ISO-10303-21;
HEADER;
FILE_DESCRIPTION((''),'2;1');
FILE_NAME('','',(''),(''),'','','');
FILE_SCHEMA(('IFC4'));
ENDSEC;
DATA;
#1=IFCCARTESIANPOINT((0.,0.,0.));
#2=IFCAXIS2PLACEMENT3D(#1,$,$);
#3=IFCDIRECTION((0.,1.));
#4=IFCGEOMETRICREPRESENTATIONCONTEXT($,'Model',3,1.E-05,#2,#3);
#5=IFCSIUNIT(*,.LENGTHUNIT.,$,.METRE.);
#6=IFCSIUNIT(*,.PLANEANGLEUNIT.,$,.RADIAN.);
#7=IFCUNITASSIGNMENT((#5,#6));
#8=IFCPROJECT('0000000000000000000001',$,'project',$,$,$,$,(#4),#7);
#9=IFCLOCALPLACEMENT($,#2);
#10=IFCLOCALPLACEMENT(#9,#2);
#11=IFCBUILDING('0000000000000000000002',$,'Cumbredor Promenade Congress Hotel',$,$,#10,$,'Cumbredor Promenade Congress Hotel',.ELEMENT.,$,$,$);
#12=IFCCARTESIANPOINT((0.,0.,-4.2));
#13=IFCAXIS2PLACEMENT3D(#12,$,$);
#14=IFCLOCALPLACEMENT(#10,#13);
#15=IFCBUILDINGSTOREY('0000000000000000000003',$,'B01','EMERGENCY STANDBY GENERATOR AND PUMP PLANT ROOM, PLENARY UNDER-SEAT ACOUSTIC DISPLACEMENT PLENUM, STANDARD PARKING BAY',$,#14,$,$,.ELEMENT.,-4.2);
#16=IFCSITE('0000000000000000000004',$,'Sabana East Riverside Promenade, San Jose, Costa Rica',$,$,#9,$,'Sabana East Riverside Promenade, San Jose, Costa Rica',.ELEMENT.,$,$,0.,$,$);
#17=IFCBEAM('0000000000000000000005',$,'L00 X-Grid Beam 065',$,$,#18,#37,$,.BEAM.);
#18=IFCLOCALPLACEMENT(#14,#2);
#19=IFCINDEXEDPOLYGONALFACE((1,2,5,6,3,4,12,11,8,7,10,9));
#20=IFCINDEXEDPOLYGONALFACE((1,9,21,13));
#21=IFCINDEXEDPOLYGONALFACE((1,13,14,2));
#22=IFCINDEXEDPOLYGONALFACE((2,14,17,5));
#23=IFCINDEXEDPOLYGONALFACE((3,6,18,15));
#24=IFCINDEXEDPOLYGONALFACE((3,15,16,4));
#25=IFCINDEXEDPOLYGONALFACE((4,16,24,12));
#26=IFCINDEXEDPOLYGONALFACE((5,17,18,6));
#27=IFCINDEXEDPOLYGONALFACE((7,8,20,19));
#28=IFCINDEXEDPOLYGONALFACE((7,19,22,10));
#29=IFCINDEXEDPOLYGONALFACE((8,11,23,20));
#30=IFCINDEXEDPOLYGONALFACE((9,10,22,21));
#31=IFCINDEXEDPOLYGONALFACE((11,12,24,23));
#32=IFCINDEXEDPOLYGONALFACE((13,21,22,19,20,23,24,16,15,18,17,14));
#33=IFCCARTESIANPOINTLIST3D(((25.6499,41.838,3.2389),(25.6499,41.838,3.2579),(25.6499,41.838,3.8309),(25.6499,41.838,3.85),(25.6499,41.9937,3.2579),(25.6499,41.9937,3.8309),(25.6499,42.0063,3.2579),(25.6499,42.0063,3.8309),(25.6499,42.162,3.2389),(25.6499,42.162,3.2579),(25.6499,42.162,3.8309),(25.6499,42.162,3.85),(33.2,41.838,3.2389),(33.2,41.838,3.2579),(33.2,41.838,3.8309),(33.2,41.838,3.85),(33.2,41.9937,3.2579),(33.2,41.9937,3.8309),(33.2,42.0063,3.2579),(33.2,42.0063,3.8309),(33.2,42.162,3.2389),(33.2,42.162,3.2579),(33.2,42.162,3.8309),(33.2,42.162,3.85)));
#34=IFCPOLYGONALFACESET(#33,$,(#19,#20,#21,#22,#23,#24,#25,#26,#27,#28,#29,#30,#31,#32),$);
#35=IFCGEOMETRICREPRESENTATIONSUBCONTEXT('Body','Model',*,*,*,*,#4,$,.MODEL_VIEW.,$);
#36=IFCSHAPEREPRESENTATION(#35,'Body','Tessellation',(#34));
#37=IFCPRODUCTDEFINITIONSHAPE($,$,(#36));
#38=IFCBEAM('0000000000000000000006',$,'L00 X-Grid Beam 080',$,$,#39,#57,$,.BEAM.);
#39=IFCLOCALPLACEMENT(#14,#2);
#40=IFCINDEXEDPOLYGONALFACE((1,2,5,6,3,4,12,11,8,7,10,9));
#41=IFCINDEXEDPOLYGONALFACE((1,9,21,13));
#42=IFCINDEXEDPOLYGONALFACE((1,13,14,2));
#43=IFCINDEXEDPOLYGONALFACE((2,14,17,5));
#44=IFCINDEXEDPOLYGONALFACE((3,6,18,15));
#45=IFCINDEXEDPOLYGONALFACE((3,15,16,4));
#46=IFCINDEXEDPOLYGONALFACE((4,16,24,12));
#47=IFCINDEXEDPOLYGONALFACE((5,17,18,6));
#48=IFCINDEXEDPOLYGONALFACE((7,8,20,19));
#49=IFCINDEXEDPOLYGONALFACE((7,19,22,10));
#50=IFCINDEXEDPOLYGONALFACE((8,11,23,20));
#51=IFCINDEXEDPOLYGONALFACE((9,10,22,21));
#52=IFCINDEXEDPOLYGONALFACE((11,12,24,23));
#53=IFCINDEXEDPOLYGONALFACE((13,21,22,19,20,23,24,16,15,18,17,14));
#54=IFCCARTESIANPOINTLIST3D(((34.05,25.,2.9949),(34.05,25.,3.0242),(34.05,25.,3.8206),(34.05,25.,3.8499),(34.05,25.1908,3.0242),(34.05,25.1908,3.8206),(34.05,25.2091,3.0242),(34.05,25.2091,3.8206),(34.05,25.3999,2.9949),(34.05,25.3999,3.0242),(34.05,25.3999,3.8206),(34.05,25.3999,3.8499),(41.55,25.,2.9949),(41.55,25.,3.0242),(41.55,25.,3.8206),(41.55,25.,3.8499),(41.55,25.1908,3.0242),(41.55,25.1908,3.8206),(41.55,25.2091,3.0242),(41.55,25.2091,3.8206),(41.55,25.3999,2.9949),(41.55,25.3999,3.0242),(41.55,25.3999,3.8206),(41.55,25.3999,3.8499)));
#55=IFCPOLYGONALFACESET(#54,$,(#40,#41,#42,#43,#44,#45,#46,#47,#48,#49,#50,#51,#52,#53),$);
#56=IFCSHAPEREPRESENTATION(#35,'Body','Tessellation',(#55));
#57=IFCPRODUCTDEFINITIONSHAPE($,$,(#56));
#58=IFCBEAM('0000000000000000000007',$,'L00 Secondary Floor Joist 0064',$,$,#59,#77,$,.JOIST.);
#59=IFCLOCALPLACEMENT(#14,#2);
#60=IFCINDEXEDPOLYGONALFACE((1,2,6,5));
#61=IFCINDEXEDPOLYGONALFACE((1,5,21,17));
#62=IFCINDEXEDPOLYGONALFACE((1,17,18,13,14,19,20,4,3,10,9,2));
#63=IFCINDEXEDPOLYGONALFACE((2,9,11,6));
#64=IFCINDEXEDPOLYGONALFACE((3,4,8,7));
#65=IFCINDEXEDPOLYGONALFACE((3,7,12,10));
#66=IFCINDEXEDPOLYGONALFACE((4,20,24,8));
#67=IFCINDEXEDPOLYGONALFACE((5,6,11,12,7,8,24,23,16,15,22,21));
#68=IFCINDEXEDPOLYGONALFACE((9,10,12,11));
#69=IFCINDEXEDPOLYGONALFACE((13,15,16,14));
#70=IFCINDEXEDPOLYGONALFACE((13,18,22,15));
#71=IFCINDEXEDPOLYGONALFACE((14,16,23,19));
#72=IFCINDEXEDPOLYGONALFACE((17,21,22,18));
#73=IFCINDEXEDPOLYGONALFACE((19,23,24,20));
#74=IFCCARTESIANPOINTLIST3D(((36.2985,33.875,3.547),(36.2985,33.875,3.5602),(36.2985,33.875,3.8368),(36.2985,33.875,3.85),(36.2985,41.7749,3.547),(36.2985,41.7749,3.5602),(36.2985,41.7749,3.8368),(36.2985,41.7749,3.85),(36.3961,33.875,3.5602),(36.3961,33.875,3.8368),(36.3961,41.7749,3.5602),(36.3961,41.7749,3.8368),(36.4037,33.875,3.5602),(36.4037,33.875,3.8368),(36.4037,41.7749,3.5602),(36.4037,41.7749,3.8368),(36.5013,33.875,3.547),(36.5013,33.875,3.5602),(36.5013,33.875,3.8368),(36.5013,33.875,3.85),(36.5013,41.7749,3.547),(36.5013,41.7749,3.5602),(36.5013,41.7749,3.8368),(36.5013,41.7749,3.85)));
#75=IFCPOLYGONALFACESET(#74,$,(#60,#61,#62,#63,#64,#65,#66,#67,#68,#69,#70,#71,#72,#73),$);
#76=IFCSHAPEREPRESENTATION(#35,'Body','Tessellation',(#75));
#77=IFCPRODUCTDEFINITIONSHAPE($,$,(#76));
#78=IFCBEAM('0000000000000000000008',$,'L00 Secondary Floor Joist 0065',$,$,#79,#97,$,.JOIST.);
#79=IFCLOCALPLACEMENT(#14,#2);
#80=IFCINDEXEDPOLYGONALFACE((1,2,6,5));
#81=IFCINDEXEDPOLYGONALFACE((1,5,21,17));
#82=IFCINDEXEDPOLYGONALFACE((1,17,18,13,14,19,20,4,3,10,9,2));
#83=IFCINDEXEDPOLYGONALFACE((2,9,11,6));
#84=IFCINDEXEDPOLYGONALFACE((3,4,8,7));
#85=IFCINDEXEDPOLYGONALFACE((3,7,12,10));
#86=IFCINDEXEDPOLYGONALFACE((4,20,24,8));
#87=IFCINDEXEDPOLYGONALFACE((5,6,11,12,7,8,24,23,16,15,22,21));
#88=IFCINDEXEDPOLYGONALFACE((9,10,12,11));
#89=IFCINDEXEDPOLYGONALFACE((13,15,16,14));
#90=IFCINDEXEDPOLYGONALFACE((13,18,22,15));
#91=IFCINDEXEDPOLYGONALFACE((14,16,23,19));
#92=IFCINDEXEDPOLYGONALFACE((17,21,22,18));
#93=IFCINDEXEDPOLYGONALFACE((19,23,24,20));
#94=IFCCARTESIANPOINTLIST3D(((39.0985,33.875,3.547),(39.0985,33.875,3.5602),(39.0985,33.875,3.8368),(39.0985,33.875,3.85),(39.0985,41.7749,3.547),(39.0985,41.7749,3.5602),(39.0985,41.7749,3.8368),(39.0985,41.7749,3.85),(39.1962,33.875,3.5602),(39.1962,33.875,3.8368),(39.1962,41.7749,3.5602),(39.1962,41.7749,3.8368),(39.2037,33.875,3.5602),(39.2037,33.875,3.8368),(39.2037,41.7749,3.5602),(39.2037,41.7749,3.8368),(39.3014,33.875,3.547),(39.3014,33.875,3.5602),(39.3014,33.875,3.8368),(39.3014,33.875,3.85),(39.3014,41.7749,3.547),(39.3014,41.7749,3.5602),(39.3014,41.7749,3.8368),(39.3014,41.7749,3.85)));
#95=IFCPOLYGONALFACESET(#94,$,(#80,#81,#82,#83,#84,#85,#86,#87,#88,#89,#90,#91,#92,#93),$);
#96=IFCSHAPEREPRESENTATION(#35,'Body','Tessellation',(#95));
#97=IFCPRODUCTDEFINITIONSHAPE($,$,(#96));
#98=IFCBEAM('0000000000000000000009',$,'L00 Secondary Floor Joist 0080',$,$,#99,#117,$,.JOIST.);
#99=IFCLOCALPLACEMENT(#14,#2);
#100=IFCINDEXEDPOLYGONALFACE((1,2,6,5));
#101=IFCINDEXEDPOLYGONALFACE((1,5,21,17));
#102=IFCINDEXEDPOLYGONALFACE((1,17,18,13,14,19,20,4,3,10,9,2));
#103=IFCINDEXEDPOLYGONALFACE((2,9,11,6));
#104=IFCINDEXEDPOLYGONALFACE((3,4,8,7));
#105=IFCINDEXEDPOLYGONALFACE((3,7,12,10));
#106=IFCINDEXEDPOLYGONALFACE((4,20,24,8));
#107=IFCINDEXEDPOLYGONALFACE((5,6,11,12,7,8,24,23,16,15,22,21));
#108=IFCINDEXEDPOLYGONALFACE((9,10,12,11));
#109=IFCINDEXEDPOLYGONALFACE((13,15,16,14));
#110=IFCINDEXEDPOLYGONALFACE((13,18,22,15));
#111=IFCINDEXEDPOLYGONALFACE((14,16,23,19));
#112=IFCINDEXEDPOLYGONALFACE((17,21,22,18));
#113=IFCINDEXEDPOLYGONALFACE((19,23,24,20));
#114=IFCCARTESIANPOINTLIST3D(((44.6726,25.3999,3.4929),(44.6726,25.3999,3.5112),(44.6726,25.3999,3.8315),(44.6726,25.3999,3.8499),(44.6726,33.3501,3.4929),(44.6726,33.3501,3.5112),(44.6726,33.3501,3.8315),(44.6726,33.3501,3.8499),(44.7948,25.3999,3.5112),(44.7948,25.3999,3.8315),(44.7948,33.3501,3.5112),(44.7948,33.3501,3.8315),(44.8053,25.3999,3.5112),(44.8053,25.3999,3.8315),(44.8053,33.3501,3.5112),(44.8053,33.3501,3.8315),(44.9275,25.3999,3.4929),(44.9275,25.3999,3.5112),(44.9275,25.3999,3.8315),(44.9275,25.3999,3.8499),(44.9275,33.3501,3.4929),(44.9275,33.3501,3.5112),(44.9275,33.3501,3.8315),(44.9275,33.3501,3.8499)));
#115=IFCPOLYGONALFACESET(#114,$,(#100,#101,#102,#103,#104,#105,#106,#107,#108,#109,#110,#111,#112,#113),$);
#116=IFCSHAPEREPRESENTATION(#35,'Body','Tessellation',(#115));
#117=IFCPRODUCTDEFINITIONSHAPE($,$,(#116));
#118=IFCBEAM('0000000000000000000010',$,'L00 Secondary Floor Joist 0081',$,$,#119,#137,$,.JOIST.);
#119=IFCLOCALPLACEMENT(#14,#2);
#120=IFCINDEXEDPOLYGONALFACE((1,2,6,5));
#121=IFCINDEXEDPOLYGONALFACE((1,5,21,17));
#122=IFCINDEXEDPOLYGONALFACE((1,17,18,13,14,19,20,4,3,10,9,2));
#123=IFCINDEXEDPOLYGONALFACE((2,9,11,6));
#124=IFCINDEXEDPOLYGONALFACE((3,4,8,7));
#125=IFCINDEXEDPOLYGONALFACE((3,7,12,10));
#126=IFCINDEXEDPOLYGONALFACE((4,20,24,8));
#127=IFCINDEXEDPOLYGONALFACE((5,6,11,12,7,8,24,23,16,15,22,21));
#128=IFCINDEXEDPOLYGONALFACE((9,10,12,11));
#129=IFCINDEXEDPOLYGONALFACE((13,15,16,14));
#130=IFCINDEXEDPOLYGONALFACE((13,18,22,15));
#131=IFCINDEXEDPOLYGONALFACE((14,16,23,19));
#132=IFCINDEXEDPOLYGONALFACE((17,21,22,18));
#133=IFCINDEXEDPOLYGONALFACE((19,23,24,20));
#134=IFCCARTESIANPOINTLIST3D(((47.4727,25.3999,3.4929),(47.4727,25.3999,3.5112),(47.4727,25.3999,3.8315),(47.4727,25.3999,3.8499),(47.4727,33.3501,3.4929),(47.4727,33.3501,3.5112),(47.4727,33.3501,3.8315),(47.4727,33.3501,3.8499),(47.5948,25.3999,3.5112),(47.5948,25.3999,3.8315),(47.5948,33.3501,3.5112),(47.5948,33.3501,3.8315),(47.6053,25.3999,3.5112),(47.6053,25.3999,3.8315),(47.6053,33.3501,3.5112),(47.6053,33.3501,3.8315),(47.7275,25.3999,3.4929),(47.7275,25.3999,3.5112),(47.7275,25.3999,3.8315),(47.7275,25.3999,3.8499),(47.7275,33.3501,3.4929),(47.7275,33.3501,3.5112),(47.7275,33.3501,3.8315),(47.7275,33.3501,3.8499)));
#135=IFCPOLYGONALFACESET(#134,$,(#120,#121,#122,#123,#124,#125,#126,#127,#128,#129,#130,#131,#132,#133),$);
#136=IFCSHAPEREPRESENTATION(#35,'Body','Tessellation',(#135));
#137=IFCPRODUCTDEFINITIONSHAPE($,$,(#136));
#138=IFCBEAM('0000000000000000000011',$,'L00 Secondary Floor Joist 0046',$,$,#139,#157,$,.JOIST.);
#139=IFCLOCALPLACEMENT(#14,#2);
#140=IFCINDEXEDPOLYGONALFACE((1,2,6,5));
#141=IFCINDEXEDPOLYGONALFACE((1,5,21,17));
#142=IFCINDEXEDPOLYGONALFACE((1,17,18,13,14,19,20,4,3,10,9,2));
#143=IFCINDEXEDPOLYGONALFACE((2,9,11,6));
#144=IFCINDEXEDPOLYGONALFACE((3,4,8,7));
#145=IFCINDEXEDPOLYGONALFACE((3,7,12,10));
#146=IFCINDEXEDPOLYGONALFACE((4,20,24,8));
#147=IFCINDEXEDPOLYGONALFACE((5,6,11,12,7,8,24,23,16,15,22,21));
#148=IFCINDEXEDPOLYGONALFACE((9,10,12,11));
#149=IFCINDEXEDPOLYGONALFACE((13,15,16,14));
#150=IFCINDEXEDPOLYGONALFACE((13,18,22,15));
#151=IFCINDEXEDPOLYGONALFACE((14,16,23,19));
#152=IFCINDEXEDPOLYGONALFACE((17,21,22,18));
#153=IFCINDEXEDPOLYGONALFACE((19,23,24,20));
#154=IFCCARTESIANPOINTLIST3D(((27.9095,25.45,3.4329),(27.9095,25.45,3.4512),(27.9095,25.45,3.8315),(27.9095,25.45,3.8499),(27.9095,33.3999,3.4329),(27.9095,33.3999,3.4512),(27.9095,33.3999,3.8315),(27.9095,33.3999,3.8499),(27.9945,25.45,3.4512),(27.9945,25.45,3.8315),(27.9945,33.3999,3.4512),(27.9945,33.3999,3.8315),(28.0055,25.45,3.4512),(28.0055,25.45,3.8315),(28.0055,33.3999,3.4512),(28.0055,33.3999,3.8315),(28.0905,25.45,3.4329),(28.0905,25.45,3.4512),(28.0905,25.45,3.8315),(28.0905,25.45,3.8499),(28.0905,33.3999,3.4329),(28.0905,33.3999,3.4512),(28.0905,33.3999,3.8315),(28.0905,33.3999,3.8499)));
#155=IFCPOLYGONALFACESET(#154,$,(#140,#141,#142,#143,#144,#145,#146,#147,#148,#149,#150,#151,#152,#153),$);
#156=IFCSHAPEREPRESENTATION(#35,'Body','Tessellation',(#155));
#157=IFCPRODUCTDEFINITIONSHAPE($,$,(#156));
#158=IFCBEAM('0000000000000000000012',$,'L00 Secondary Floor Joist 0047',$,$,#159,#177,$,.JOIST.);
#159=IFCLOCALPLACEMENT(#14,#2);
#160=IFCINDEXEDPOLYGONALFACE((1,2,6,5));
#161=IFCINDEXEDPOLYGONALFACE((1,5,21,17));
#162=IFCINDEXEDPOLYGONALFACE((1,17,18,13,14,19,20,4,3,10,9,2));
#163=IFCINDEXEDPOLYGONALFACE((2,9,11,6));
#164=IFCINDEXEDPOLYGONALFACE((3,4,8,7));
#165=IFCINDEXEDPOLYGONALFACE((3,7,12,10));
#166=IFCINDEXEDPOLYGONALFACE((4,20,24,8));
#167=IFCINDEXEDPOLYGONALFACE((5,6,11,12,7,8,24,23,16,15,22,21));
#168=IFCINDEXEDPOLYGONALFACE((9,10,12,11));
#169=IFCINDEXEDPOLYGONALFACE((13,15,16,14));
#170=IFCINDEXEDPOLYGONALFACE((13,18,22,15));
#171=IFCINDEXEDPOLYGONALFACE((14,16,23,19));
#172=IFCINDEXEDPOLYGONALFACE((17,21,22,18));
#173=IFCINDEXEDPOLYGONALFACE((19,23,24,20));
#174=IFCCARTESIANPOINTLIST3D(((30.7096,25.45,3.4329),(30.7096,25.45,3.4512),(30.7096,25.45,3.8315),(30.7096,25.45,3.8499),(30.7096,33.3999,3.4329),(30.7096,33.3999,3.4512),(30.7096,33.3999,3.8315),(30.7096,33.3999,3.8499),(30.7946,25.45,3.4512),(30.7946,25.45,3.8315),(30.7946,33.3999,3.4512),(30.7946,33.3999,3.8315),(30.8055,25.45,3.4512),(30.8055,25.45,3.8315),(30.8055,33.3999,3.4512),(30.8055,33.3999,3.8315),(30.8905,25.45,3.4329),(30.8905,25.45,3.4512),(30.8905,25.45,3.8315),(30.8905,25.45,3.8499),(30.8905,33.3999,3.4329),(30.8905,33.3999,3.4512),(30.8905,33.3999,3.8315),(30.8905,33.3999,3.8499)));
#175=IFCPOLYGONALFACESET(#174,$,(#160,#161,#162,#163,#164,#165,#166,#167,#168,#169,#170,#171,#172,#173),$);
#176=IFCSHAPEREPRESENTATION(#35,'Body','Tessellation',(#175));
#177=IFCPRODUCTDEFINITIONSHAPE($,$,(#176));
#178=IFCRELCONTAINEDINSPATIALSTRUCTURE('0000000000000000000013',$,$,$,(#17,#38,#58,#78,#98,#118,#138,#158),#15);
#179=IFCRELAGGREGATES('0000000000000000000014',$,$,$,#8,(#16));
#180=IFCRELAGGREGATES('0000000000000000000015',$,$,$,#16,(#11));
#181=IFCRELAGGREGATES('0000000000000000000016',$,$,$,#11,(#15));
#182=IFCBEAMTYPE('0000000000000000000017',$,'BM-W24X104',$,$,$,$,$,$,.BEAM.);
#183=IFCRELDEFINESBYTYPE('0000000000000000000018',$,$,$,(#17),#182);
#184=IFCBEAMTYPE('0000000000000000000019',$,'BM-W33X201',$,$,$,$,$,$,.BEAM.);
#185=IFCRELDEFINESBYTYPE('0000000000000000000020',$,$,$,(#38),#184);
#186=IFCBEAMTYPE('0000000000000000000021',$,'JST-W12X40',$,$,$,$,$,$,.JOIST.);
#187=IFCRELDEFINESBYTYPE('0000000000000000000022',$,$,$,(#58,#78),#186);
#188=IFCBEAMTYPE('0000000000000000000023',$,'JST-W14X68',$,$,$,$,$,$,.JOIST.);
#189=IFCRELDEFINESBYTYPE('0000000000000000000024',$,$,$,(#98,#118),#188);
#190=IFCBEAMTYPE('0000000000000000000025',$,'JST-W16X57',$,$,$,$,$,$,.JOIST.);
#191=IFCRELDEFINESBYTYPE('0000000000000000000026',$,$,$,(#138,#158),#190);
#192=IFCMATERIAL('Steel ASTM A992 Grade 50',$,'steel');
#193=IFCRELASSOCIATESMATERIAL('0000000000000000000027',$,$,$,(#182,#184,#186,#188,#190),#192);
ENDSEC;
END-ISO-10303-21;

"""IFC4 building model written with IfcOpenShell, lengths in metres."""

from ifc_helpers import new_model, si_unit, direction, frame, origin, origin_2d, place, context, subcontext, project, spatial, i_section, extrude, material, material_profile, profile_set, type_object, element, save


model = new_model("IFC4")

# Units and contexts
model_context = context("Model", 3, precision=1e-05, world=origin(), true_north=direction((0.0, 1.0)))
body_context = subcontext(model_context, "Body", "Model", "MODEL_VIEW")
ifc_project = project(units=[si_unit("LENGTHUNIT", "METRE"), si_unit("PLANEANGLEUNIT", "RADIAN")], contexts=[model_context])

# Site, building, storey
site_placement = place(None, origin())
site = spatial("IfcSite", under=ifc_project, at=site_placement, Name="Sabana East Riverside Promenade, San Jose, Costa Rica", LongName="Sabana East Riverside Promenade, San Jose, Costa Rica", CompositionType="ELEMENT", RefElevation=0.0)
building_placement = place(site_placement, origin())
building = spatial("IfcBuilding", under=site, at=building_placement, Name="Cumbredor Promenade Congress Hotel", LongName="Cumbredor Promenade Congress Hotel", CompositionType="ELEMENT")
storey_placement = place(building_placement, frame((0.0, 0.0, -4.2)))
storey = spatial("IfcBuildingStorey", under=building, at=storey_placement, Name="B01", Description="EMERGENCY STANDBY GENERATOR AND PUMP PLANT ROOM, PLENARY UNDER-SEAT ACOUSTIC DISPLACEMENT PLENUM, STANDARD PARKING BAY", CompositionType="ELEMENT", Elevation=-4.2)

# Beams
ifc_material_1 = material(Name="Steel ASTM A992 Grade 50", Category="steel")
ifc_material_profile_1 = material_profile(ifc_material_1, i_section(OverallWidth=0.324, OverallDepth=0.6111, WebThickness=0.0127, FlangeThickness=0.019, at=origin_2d()), Name="W24X104")
ifc_profile_set_1 = profile_set([ifc_material_profile_1], Name="Steel ASTM A992 Grade 50")
beam_type_1 = type_object("IfcBeamType", Name="BM-W24X104", PredefinedType="BEAM", material=ifc_profile_set_1)
beam_1_placement = place(storey_placement, frame((25.6499, 42.0, 3.5444), z_axis=(1.0, 0.0, 0.0), x_axis=(0.0, 1.0, 0.0)))
element("IfcBeam", 1, at=beam_1_placement, inside=storey, type_object=beam_type_1, Name="L00 X-Grid Beam 065", PredefinedType="BEAM", context=body_context, shape_type="SweptSolid", body=[
    extrude(i_section(OverallWidth=0.324, OverallDepth=0.6111, WebThickness=0.0127, FlangeThickness=0.019, at=origin_2d()), origin(), (0.0, 0.0, 1.0), 7.55),
])
ifc_material_profile_2 = material_profile(ifc_material_1, i_section(OverallWidth=0.3999, OverallDepth=0.855, WebThickness=0.0183, FlangeThickness=0.0293, at=origin_2d()), Name="W33X201")
ifc_profile_set_2 = profile_set([ifc_material_profile_2], Name="Steel ASTM A992 Grade 50")
beam_type_2 = type_object("IfcBeamType", Name="BM-W33X201", PredefinedType="BEAM", material=ifc_profile_set_2)
beam_2_placement = place(storey_placement, frame((34.05, 25.2, 3.4224), z_axis=(1.0, 0.0, 0.0), x_axis=(0.0, 1.0, 0.0)))
element("IfcBeam", 2, at=beam_2_placement, inside=storey, type_object=beam_type_2, Name="L00 X-Grid Beam 080", PredefinedType="BEAM", context=body_context, shape_type="SweptSolid", body=[
    extrude(i_section(OverallWidth=0.3999, OverallDepth=0.855, WebThickness=0.0183, FlangeThickness=0.0293, at=origin_2d()), origin(), (0.0, 0.0, 1.0), 7.5),
])
ifc_material_profile_3 = material_profile(ifc_material_1, i_section(OverallWidth=0.2029, OverallDepth=0.303, WebThickness=0.0076, FlangeThickness=0.0132, at=origin_2d()), Name="W12X40")
ifc_profile_set_3 = profile_set([ifc_material_profile_3], Name="Steel ASTM A992 Grade 50")
beam_type_3 = type_object("IfcBeamType", Name="JST-W12X40", PredefinedType="JOIST", material=ifc_profile_set_3)
for number, where, z_axis, x_axis, name in (
    (3, (36.3999, 33.875, 3.6985), (0.0, 1.0, 0.0), (-1.0, 0.0, 0.0), "L00 Secondary Floor Joist 0064"),
    (4, (39.2, 33.875, 3.6985), (0.0, 1.0, 0.0), (-1.0, 0.0, 0.0), "L00 Secondary Floor Joist 0065"),
):
    element("IfcBeam", number, at=place(storey_placement, frame(where, z_axis=z_axis, x_axis=x_axis)), inside=storey, type_object=beam_type_3, Name=name, PredefinedType="JOIST", context=body_context, shape_type="SweptSolid", body=[
        extrude(i_section(OverallWidth=0.2029, OverallDepth=0.303, WebThickness=0.0076, FlangeThickness=0.0132, at=origin_2d()), origin(), (0.0, 0.0, 1.0), 7.8999),
    ])
ifc_material_profile_4 = material_profile(ifc_material_1, i_section(OverallWidth=0.2549, OverallDepth=0.3569, WebThickness=0.0105, FlangeThickness=0.0183, at=origin_2d()), Name="W14X68")
ifc_profile_set_4 = profile_set([ifc_material_profile_4], Name="Steel ASTM A992 Grade 50")
beam_type_4 = type_object("IfcBeamType", Name="JST-W14X68", PredefinedType="JOIST", material=ifc_profile_set_4)
for number, where, z_axis, x_axis, name in (
    (5, (44.8, 25.3999, 3.6714), (0.0, 1.0, 0.0), (-1.0, 0.0, 0.0), "L00 Secondary Floor Joist 0080"),
    (6, (47.6001, 25.3999, 3.6714), (0.0, 1.0, 0.0), (-1.0, 0.0, 0.0), "L00 Secondary Floor Joist 0081"),
):
    element("IfcBeam", number, at=place(storey_placement, frame(where, z_axis=z_axis, x_axis=x_axis)), inside=storey, type_object=beam_type_4, Name=name, PredefinedType="JOIST", context=body_context, shape_type="SweptSolid", body=[
        extrude(i_section(OverallWidth=0.2549, OverallDepth=0.3569, WebThickness=0.0105, FlangeThickness=0.0183, at=origin_2d()), origin(), (0.0, 0.0, 1.0), 7.9502),
    ])
ifc_material_profile_5 = material_profile(ifc_material_1, i_section(OverallWidth=0.1809, OverallDepth=0.417, WebThickness=0.011, FlangeThickness=0.0183, at=origin_2d()), Name="W16X57")
ifc_profile_set_5 = profile_set([ifc_material_profile_5], Name="Steel ASTM A992 Grade 50")
beam_type_5 = type_object("IfcBeamType", Name="JST-W16X57", PredefinedType="JOIST", material=ifc_profile_set_5)
for number, where, z_axis, x_axis, name in (
    (7, (28.0, 25.45, 3.6414), (0.0, 1.0, 0.0), (-1.0, 0.0, 0.0), "L00 Secondary Floor Joist 0046"),
    (8, (30.8, 25.45, 3.6414), (0.0, 1.0, 0.0), (-1.0, 0.0, 0.0), "L00 Secondary Floor Joist 0047"),
):
    element("IfcBeam", number, at=place(storey_placement, frame(where, z_axis=z_axis, x_axis=x_axis)), inside=storey, type_object=beam_type_5, Name=name, PredefinedType="JOIST", context=body_context, shape_type="SweptSolid", body=[
        extrude(i_section(OverallWidth=0.1809, OverallDepth=0.417, WebThickness=0.011, FlangeThickness=0.0183, at=origin_2d()), origin(), (0.0, 0.0, 1.0), 7.95),
    ])

save(model, "model.ifc")
